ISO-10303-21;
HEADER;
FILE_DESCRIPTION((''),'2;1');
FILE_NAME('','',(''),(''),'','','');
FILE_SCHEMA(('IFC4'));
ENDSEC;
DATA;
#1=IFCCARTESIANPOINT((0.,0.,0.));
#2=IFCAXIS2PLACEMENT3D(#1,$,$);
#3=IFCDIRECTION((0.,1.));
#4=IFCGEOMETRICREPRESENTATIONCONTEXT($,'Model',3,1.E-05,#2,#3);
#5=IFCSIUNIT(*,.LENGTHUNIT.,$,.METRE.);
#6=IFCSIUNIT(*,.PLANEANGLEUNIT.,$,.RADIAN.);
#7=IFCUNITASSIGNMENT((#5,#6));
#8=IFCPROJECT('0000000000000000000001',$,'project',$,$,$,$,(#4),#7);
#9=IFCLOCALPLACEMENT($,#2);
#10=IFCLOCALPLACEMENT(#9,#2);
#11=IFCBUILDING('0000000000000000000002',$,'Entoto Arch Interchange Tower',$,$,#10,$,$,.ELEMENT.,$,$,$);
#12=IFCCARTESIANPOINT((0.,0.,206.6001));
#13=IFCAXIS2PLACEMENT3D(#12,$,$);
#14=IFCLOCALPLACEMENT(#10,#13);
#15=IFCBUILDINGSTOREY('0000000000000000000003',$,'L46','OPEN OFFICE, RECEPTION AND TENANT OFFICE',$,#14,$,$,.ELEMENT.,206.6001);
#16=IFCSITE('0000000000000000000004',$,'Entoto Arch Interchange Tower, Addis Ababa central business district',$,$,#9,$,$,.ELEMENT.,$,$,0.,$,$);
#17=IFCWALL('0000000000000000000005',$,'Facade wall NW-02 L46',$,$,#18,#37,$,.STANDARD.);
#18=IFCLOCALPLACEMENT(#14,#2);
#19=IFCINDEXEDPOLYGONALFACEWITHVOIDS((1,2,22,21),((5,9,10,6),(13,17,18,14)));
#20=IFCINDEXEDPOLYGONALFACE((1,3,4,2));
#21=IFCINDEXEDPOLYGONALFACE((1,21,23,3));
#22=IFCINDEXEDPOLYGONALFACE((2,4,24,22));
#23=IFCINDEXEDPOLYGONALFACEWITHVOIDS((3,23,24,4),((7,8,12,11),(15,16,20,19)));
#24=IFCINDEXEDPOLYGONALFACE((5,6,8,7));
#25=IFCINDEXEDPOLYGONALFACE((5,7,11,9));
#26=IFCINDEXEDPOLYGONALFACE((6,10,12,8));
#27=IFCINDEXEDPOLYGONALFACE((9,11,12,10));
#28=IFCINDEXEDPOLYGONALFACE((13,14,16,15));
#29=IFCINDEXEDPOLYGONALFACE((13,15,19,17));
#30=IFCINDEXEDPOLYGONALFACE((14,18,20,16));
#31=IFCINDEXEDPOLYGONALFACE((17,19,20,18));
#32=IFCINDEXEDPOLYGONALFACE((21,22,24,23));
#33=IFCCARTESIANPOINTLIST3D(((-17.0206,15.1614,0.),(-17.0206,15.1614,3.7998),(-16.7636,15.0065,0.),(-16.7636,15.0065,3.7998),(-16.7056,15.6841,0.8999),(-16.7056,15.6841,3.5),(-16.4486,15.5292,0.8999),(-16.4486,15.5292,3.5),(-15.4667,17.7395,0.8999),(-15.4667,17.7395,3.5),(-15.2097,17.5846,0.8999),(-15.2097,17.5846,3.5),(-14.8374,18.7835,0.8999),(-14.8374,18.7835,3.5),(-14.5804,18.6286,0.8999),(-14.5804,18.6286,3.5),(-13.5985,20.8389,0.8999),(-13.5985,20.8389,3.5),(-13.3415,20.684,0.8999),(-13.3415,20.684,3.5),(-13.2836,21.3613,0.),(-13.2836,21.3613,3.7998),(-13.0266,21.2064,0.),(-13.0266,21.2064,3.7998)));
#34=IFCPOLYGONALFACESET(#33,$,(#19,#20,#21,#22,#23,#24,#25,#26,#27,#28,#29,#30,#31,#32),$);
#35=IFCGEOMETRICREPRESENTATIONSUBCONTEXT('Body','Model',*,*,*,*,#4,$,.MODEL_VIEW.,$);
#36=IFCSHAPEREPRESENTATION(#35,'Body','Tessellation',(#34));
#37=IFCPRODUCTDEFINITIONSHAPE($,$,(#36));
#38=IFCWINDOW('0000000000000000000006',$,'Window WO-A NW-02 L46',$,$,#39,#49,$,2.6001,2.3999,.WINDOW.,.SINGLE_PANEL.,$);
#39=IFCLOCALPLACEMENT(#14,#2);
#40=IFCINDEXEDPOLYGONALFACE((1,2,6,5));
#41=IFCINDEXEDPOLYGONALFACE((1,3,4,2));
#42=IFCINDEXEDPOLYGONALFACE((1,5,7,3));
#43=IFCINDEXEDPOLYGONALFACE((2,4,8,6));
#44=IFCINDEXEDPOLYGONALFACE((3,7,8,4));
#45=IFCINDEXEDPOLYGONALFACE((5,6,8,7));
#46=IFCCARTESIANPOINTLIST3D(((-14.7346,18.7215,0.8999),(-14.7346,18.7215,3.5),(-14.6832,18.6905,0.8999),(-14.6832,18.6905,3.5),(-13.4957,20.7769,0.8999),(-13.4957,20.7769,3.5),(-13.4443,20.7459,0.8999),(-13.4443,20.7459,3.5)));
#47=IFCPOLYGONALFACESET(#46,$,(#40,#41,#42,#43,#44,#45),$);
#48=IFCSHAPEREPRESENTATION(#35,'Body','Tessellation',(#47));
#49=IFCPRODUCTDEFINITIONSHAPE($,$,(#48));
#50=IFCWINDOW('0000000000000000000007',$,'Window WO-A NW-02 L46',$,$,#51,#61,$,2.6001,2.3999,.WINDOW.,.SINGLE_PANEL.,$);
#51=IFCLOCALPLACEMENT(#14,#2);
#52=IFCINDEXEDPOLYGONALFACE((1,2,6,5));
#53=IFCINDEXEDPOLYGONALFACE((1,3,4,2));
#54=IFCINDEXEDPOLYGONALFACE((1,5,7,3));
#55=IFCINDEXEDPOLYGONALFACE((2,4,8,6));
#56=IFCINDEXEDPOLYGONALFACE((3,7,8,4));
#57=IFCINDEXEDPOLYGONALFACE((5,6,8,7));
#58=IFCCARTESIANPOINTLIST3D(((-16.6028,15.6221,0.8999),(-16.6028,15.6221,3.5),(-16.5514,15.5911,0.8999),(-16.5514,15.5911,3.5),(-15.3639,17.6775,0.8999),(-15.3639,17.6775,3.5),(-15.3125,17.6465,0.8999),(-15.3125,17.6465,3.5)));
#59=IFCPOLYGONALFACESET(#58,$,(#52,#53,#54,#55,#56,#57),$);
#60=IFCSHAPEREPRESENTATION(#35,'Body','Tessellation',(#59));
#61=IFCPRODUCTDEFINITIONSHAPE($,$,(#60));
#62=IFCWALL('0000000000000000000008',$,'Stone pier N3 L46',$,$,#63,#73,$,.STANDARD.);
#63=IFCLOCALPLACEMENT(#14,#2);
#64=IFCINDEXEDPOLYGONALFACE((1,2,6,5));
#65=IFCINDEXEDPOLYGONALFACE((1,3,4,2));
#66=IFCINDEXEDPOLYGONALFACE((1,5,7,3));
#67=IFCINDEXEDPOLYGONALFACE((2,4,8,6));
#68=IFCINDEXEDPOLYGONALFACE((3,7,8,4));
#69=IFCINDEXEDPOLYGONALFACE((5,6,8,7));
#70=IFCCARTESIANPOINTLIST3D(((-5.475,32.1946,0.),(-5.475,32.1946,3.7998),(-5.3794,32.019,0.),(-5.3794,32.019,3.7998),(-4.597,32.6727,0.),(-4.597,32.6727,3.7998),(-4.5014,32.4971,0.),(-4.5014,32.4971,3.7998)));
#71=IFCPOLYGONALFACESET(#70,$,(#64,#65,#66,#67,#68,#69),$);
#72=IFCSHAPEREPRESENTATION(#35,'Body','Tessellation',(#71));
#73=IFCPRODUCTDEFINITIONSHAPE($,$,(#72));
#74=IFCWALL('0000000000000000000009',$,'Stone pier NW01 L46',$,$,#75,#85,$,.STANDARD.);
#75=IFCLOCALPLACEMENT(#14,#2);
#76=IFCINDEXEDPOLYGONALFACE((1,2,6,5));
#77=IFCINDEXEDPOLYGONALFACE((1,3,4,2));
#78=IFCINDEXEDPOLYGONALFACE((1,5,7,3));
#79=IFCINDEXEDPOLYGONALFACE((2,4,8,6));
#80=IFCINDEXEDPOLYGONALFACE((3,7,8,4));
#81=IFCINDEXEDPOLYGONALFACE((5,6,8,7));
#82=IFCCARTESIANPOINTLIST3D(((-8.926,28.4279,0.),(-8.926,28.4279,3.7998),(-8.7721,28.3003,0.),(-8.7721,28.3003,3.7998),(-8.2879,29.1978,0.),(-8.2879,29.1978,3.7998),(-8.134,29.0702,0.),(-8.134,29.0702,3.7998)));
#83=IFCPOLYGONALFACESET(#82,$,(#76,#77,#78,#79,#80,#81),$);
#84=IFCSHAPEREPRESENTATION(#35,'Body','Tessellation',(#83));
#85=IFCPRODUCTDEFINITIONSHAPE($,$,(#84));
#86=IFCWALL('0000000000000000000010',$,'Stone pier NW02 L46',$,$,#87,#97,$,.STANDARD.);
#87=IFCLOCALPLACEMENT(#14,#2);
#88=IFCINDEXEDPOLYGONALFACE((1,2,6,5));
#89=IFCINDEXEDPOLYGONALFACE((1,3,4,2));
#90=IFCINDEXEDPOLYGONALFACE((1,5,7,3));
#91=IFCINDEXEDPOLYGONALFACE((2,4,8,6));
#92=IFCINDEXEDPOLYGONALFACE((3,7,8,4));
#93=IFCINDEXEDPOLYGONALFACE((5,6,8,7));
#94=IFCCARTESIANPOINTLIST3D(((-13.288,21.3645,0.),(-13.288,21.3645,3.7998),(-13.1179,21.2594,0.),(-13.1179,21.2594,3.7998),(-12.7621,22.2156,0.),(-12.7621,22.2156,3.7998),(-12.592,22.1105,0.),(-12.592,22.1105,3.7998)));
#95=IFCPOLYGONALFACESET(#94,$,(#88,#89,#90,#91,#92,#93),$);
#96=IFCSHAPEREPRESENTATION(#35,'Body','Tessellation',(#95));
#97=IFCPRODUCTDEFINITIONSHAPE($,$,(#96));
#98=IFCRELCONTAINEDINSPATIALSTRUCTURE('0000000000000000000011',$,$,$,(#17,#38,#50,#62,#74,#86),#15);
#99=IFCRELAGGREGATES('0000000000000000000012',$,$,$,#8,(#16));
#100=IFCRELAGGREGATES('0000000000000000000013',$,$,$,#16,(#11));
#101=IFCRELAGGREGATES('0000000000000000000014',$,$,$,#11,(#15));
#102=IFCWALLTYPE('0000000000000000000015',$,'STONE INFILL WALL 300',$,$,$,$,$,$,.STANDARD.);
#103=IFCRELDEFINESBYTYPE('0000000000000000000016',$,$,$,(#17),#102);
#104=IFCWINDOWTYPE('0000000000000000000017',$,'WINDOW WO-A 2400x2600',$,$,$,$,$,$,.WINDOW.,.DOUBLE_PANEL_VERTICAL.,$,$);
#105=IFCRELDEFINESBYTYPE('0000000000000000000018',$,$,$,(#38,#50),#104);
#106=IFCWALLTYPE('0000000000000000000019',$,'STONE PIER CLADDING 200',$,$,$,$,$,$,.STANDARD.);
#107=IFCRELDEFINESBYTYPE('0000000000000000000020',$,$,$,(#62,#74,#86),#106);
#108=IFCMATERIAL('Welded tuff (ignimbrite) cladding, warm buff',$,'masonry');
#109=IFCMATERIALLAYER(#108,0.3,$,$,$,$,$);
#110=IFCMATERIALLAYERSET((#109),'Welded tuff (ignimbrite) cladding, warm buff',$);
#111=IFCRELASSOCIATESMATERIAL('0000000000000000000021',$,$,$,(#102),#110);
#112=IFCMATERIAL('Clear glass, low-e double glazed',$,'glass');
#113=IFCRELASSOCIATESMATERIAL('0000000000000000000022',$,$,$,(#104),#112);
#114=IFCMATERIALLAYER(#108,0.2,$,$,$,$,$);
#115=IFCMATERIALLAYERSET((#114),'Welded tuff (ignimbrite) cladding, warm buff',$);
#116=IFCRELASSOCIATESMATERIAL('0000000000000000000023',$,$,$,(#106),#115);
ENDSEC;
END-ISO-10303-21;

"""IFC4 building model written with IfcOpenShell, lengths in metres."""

from ifc_helpers import new_model, si_unit, direction, frame, frame_2d, origin, place, context, subcontext, project, spatial, rectangle, extrude, material, layer, layer_set, type_object, element, fill, save


model = new_model("IFC4")

# Units and contexts
model_context = context("Model", 3, precision=1e-05, world=origin(), true_north=direction((0.0, 1.0)))
body_context = subcontext(model_context, "Body", "Model", "MODEL_VIEW")
ifc_project = project(units=[si_unit("LENGTHUNIT", "METRE"), si_unit("PLANEANGLEUNIT", "RADIAN")], contexts=[model_context])

# Site, building, storey
site_placement = place(None, origin())
site = spatial("IfcSite", under=ifc_project, at=site_placement, Name="Entoto Arch Interchange Tower, Addis Ababa central business district", CompositionType="ELEMENT", RefElevation=0.0)
building_placement = place(site_placement, origin())
building = spatial("IfcBuilding", under=site, at=building_placement, Name="Entoto Arch Interchange Tower", CompositionType="ELEMENT")
storey_placement = place(building_placement, frame((0.0, 0.0, 206.6001)))
storey = spatial("IfcBuildingStorey", under=building, at=storey_placement, Name="L46", Description="OPEN OFFICE, RECEPTION AND TENANT OFFICE", CompositionType="ELEMENT", Elevation=206.6001)

# Shared definitions
ifc_material_1 = material(Name="Welded tuff (ignimbrite) cladding, warm buff", Category="masonry")
ifc_layer_1 = layer(ifc_material_1, 0.3)
ifc_layer_set_1 = layer_set([ifc_layer_1], Name="Welded tuff (ignimbrite) cladding, warm buff")
wall_type_1 = type_object("IfcWallType", Name="STONE INFILL WALL 300", PredefinedType="STANDARD", material=ifc_layer_set_1)
ifc_material_2 = material(Name="Clear glass, low-e double glazed", Category="glass")

# Wall, openings, windows
window_type_1 = type_object("IfcWindowType", Name="WINDOW WO-A 2400x2600", PartitioningType="DOUBLE_PANEL_VERTICAL", PredefinedType="WINDOW", material=ifc_material_2)
wall_1_placement = place(storey_placement, frame((-13.155, 21.2839, 0.0), z_axis=(0.0, 0.0, 1.0), x_axis=(-0.516231, -0.85645, 0.0)))
wall_1 = element("IfcWall", 1, at=wall_1_placement, inside=storey, type_object=wall_type_1, Name="Facade wall NW-02 L46", PredefinedType="STANDARD", context=body_context, shape_type="SweptSolid", body=[
    extrude(rectangle(XDim=7.239, YDim=0.3, at=frame_2d((3.6196, 0.0))), origin(), (0.0, 0.0, 1.0), 3.7998),
])
opening_1_placement = place(wall_1_placement, frame((0.6101, 0.0, 0.8999)))
opening_1 = element("IfcOpeningElement", 2, at=opening_1_placement, cuts=wall_1, PredefinedType="OPENING", context=body_context, shape_type="SweptSolid", body=[
    extrude(rectangle(XDim=2.3999, YDim=2.6001, at=frame_2d((1.2, 1.3))), frame((0.0, 0.1602, 0.0), z_axis=(0.0, -1.0, 0.0), x_axis=(1.0, 0.0, 0.0)), (0.0, 0.0, 1.0), 0.3201),
])
opening_2_placement = place(wall_1_placement, frame((4.229, 0.0, 0.8999)))
opening_2 = element("IfcOpeningElement", 3, at=opening_2_placement, cuts=wall_1, PredefinedType="OPENING", context=body_context, shape_type="SweptSolid", body=[
    extrude(rectangle(XDim=2.3999, YDim=2.6001, at=frame_2d((1.2, 1.3))), frame((0.0, 0.1602, 0.0), z_axis=(0.0, -1.0, 0.0), x_axis=(1.0, 0.0, 0.0)), (0.0, 0.0, 1.0), 0.3201),
])
window_1_placement = place(opening_1_placement, origin())
window_1 = element("IfcWindow", 4, at=window_1_placement, inside=storey, type_object=window_type_1, Name="Window WO-A NW-02 L46", OverallHeight=2.6001, OverallWidth=2.3999, PartitioningType="SINGLE_PANEL", PredefinedType="WINDOW", context=body_context, shape_type="SweptSolid", body=[
    extrude(rectangle(XDim=2.3999, YDim=2.6001, at=frame_2d((1.2, 1.3))), frame((0.0, 0.03, 0.0), z_axis=(0.0, -1.0, 0.0), x_axis=(1.0, 0.0, 0.0)), (0.0, 0.0, 1.0), 0.0601),
])
fill(opening_1, window_1)
window_2_placement = place(opening_2_placement, origin())
window_2 = element("IfcWindow", 5, at=window_2_placement, inside=storey, type_object=window_type_1, Name="Window WO-A NW-02 L46", OverallHeight=2.6001, OverallWidth=2.3999, PartitioningType="SINGLE_PANEL", PredefinedType="WINDOW", context=body_context, shape_type="SweptSolid", body=[
    extrude(rectangle(XDim=2.3999, YDim=2.6001, at=frame_2d((1.2, 1.3))), frame((0.0, 0.03, 0.0), z_axis=(0.0, -1.0, 0.0), x_axis=(1.0, 0.0, 0.0)), (0.0, 0.0, 1.0), 0.0601),
])
fill(opening_2, window_2)

# Walls
ifc_layer_2 = layer(ifc_material_1, 0.2)
ifc_layer_set_2 = layer_set([ifc_layer_2], Name="Welded tuff (ignimbrite) cladding, warm buff")
wall_type_2 = type_object("IfcWallType", Name="STONE PIER CLADDING 200", PredefinedType="STANDARD", material=ifc_layer_set_2)
wall_2_placement = place(storey_placement, frame((-4.5491, 32.585, 0.0), z_axis=(0.0, 0.0, 1.0), x_axis=(-0.87825, -0.478202, 0.0)))
element("IfcWall", 6, at=wall_2_placement, inside=storey, type_object=wall_type_2, Name="Stone pier N3 L46", PredefinedType="STANDARD", context=body_context, shape_type="SweptSolid", body=[
    extrude(rectangle(XDim=0.9998, YDim=0.2, at=frame_2d((0.5, 0.0))), origin(), (0.0, 0.0, 1.0), 3.7998),
])
wall_3_placement = place(storey_placement, frame((-8.2109, 29.134, 0.0), z_axis=(0.0, 0.0, 1.0), x_axis=(-0.638117, -0.769939, 0.0)))
element("IfcWall", 7, at=wall_3_placement, inside=storey, type_object=wall_type_2, Name="Stone pier NW01 L46", PredefinedType="STANDARD", context=body_context, shape_type="SweptSolid", body=[
    extrude(rectangle(XDim=1.0, YDim=0.2, at=frame_2d((0.5, 0.0))), origin(), (0.0, 0.0, 1.0), 3.7998),
])
wall_4_placement = place(storey_placement, frame((-12.677, 22.1631, 0.0), z_axis=(0.0, 0.0, 1.0), x_axis=(-0.525649, -0.850702, 0.0)))
element("IfcWall", 8, at=wall_4_placement, inside=storey, type_object=wall_type_2, Name="Stone pier NW02 L46", PredefinedType="STANDARD", context=body_context, shape_type="SweptSolid", body=[
    extrude(rectangle(XDim=1.0005, YDim=0.2, at=frame_2d((0.5002, 0.0))), origin(), (0.0, 0.0, 1.0), 3.7998),
])

save(model, "model.ifc")
